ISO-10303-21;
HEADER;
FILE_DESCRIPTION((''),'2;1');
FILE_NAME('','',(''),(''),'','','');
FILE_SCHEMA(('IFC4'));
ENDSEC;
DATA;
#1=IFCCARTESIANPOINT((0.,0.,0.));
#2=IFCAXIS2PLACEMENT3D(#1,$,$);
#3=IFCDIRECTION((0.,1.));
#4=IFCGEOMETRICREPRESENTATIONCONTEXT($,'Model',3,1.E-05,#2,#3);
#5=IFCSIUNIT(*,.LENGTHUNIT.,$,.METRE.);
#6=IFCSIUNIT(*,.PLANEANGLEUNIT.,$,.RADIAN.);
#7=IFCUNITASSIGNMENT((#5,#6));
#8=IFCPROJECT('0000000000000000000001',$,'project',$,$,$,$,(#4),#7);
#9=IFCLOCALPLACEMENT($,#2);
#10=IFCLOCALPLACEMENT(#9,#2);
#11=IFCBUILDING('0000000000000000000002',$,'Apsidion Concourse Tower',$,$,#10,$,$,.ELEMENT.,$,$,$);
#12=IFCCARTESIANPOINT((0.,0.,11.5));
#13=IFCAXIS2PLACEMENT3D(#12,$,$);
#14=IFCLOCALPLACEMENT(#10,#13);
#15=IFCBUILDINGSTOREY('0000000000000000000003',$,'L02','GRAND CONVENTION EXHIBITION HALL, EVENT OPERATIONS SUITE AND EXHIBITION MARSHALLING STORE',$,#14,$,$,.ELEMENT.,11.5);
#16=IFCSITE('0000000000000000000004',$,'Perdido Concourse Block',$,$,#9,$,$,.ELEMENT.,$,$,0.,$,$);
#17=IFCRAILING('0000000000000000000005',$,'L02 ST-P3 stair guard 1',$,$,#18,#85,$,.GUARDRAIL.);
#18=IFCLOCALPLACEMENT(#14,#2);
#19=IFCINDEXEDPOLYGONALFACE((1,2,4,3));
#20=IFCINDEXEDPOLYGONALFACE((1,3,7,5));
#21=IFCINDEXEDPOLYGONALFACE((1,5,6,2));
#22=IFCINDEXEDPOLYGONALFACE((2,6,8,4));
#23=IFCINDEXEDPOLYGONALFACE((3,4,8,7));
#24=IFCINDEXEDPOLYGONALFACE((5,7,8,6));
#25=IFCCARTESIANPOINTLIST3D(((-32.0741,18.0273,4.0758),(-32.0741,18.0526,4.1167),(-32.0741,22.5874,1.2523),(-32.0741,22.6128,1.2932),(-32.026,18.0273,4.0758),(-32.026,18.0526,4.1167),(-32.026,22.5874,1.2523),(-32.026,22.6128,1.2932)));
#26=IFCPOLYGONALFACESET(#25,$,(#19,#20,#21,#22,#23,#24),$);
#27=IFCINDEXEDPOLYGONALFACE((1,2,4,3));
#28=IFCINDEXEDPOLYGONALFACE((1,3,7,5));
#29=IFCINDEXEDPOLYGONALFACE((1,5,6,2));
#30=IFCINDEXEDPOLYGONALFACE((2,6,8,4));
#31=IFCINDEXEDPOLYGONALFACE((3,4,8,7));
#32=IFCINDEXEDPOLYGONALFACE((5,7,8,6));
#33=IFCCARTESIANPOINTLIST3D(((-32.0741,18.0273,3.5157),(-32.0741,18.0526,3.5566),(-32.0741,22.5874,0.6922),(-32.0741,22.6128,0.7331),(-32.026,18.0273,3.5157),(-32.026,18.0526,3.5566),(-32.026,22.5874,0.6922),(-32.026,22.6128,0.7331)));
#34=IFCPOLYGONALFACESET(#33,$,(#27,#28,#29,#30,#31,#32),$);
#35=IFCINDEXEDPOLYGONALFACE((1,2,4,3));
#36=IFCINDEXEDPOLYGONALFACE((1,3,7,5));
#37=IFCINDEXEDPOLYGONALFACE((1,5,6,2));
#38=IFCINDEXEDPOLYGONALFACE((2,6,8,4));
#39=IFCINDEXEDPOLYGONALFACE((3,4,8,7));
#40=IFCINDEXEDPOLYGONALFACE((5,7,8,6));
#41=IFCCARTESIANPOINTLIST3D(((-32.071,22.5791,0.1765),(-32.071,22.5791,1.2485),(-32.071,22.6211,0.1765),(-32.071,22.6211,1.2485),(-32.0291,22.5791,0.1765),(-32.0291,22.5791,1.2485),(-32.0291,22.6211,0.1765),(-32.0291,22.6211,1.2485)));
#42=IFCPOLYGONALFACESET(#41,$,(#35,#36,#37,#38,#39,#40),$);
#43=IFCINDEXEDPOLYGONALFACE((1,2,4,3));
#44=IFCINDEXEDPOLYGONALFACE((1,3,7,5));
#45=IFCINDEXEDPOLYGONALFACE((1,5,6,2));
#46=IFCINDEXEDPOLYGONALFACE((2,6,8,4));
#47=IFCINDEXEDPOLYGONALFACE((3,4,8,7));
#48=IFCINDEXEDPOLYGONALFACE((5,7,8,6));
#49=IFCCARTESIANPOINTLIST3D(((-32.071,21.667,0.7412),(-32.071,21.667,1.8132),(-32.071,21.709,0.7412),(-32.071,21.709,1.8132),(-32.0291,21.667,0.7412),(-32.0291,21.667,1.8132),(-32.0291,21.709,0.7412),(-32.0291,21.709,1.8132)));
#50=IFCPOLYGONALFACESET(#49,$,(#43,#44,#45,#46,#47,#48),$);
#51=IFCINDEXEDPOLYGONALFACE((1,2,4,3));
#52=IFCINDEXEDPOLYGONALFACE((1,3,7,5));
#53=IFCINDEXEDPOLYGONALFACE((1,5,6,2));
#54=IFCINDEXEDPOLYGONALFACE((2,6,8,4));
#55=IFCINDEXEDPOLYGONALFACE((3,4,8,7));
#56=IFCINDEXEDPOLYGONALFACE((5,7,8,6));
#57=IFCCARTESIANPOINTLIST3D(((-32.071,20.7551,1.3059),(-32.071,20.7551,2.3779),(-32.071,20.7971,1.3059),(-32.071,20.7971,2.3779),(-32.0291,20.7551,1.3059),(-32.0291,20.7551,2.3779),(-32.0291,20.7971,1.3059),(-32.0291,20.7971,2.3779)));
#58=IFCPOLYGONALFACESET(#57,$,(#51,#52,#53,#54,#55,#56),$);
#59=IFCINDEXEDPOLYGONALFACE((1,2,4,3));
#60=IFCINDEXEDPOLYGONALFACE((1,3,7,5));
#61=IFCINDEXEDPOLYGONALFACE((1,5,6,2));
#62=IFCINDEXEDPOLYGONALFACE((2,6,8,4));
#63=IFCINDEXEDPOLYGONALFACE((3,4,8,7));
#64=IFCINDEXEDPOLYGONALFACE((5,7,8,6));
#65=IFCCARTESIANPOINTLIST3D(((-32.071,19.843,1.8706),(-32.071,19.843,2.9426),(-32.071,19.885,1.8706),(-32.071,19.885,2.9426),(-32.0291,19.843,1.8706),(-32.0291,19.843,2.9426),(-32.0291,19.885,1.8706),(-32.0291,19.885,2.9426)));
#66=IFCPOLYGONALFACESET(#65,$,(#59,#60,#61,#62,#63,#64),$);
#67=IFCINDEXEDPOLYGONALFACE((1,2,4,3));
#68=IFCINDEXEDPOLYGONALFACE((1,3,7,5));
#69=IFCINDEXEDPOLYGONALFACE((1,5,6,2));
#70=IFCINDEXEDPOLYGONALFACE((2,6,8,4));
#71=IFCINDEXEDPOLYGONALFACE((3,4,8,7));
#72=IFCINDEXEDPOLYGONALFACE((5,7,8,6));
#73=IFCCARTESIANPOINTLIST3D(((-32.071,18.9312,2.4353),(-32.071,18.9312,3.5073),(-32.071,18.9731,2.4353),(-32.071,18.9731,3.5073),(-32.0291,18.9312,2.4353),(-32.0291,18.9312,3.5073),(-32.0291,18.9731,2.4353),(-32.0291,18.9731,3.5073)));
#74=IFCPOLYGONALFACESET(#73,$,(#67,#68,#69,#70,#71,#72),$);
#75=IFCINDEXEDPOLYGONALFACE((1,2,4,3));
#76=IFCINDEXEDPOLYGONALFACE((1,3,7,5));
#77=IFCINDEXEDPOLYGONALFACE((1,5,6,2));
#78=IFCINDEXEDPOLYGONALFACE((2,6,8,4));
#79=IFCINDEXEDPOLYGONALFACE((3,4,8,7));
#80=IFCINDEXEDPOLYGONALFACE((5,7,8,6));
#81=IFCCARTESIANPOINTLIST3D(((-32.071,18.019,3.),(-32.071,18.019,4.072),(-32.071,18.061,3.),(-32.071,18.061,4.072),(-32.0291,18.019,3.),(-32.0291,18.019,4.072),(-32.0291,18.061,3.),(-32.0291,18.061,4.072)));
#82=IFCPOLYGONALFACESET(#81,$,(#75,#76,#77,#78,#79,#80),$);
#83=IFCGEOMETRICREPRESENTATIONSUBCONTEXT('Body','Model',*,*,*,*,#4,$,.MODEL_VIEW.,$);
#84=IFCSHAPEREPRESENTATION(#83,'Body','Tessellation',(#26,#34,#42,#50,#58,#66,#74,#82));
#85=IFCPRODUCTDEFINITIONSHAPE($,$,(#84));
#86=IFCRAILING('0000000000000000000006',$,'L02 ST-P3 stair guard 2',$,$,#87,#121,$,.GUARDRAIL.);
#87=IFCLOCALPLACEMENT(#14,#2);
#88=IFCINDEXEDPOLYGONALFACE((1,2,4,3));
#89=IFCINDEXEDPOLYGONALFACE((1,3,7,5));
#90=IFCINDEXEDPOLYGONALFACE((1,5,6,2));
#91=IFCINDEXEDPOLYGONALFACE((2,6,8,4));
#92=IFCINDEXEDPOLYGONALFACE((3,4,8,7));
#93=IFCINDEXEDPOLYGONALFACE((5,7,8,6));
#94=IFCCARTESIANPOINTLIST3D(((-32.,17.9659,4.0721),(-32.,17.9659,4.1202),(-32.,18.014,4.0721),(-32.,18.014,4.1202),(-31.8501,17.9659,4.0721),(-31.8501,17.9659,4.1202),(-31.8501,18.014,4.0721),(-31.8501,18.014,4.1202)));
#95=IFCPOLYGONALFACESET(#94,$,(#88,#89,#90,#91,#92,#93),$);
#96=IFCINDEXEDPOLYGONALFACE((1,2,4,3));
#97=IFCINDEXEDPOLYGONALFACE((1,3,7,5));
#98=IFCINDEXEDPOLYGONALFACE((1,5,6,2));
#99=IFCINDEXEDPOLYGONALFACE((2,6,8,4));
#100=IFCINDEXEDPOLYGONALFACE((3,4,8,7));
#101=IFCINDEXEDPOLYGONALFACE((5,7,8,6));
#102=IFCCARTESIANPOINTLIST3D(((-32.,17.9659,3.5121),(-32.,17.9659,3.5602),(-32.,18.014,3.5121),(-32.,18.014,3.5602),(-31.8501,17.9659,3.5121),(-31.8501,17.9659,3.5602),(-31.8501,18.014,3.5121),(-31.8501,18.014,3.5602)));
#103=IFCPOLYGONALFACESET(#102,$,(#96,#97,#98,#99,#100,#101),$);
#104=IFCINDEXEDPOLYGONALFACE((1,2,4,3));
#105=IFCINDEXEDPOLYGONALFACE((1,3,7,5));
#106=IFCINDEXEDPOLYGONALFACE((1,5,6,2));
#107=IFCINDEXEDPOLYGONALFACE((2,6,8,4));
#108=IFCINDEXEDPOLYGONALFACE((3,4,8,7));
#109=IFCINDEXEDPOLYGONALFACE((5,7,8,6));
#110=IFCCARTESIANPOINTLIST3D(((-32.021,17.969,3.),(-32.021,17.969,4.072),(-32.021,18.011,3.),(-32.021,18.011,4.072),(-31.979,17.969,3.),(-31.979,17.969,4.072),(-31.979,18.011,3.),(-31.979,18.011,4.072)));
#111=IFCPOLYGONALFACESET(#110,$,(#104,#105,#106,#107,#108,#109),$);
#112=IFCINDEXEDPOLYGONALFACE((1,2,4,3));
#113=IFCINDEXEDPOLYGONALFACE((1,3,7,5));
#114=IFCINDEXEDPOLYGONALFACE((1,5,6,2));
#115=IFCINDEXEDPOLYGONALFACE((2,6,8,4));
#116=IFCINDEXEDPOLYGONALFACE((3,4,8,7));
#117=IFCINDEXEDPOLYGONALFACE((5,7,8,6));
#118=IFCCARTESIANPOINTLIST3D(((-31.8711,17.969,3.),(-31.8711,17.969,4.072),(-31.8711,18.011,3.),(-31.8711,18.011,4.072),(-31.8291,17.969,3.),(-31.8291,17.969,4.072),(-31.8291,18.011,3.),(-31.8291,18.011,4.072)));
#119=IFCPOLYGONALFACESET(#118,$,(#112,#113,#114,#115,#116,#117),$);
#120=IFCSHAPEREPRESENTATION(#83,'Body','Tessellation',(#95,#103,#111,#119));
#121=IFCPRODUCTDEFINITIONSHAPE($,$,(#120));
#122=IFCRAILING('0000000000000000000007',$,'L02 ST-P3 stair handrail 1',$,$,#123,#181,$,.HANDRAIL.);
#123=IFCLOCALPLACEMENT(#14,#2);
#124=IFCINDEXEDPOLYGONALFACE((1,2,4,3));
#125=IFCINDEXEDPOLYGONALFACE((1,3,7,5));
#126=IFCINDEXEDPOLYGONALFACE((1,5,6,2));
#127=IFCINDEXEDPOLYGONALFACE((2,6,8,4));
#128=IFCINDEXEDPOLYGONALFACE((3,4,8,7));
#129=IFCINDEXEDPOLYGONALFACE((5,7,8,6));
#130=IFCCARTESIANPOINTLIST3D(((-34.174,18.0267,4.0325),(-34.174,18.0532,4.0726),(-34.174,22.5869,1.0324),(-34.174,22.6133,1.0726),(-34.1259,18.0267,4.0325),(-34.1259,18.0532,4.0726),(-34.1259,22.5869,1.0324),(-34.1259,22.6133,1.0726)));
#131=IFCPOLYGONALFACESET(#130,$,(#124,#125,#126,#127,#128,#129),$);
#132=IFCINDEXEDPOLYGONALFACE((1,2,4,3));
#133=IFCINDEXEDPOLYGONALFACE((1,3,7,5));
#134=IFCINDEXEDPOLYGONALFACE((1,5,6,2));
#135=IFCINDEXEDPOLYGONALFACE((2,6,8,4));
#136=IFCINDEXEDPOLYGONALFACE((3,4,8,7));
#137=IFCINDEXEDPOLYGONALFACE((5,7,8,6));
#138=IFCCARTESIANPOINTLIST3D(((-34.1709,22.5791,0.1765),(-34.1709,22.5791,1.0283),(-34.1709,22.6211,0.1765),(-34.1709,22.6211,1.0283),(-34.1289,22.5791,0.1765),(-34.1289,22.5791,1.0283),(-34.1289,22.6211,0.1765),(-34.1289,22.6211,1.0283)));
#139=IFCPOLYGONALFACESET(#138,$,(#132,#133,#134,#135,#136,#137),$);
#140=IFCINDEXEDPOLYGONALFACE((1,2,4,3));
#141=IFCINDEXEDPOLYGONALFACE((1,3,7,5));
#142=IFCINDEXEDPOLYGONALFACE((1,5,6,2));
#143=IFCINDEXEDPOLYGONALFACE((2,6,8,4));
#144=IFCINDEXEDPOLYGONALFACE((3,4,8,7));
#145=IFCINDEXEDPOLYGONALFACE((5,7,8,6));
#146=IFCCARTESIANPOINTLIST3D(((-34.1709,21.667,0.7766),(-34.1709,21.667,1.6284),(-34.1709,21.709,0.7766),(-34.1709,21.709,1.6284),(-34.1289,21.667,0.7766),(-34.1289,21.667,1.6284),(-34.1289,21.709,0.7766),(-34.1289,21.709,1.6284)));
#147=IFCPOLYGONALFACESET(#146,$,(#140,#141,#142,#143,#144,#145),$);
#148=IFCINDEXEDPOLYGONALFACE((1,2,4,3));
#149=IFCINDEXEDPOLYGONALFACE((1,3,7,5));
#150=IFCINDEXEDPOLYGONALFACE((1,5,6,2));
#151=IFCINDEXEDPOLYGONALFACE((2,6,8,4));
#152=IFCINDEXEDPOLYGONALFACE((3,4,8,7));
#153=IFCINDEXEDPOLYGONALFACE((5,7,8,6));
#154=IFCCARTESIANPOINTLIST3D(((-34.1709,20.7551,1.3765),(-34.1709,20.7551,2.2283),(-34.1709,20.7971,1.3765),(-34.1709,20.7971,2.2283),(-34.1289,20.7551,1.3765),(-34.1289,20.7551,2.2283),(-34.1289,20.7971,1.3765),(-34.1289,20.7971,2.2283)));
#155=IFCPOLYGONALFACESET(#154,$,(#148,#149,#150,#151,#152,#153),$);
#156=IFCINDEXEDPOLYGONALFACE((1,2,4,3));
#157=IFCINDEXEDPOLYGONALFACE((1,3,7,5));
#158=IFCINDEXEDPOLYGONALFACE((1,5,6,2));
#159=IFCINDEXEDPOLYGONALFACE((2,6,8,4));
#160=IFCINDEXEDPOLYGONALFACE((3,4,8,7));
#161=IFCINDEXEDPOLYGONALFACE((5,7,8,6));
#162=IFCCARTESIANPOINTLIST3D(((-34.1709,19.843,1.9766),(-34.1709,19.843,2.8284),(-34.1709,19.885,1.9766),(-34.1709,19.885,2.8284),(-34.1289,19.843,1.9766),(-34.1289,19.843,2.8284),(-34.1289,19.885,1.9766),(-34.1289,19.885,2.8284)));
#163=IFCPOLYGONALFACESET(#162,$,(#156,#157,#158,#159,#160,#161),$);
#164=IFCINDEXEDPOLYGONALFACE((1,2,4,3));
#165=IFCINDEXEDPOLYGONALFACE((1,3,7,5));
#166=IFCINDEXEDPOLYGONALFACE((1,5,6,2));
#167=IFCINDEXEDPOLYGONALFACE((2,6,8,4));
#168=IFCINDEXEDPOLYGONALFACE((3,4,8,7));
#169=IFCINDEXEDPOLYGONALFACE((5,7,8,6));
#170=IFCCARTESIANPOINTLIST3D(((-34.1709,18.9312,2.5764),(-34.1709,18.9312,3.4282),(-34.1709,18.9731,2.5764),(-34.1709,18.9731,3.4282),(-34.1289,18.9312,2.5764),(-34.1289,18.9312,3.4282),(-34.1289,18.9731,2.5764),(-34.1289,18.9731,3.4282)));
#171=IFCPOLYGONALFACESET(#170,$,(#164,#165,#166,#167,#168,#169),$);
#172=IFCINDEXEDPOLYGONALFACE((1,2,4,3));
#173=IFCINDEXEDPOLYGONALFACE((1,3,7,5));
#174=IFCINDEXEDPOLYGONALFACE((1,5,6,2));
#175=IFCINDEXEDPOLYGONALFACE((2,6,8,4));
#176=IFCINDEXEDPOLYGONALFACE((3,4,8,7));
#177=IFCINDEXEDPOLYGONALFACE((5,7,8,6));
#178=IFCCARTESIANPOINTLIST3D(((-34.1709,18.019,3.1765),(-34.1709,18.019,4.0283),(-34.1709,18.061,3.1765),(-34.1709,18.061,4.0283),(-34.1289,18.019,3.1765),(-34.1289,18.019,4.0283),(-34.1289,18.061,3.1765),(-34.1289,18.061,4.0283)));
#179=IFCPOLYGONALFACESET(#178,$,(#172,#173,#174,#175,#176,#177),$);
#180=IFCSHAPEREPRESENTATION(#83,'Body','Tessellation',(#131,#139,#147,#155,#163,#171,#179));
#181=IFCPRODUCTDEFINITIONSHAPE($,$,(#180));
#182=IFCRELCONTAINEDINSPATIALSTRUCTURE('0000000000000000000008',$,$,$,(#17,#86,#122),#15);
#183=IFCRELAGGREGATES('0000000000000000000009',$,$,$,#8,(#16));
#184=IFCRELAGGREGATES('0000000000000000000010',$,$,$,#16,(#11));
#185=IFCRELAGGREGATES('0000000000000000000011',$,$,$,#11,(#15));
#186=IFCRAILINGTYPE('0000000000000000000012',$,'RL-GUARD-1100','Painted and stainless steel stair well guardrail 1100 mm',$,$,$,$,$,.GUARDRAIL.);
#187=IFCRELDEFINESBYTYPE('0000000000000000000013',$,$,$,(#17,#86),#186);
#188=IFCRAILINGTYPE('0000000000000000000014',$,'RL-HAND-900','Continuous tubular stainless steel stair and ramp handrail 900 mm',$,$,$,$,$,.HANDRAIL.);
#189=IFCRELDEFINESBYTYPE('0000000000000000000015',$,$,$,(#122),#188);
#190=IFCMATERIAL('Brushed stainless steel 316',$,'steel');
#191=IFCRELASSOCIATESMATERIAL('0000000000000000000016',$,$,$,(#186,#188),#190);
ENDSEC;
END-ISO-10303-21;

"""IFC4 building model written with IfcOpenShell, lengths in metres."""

from ifc_helpers import new_model, si_unit, direction, frame, origin, origin_2d, place, context, subcontext, project, spatial, rectangle, extrude, material, type_object, element, save


model = new_model("IFC4")

# Units and contexts
model_context = context("Model", 3, precision=1e-05, world=origin(), true_north=direction((0.0, 1.0)))
body_context = subcontext(model_context, "Body", "Model", "MODEL_VIEW")
ifc_project = project(units=[si_unit("LENGTHUNIT", "METRE"), si_unit("PLANEANGLEUNIT", "RADIAN")], contexts=[model_context])

# Site, building, storey
site_placement = place(None, origin())
site = spatial("IfcSite", under=ifc_project, at=site_placement, Name="Perdido Concourse Block", CompositionType="ELEMENT", RefElevation=0.0)
building_placement = place(site_placement, origin())
building = spatial("IfcBuilding", under=site, at=building_placement, Name="Apsidion Concourse Tower", CompositionType="ELEMENT")
storey_placement = place(building_placement, frame((0.0, 0.0, 11.5)))
storey = spatial("IfcBuildingStorey", under=building, at=storey_placement, Name="L02", Description="GRAND CONVENTION EXHIBITION HALL, EVENT OPERATIONS SUITE AND EXHIBITION MARSHALLING STORE", CompositionType="ELEMENT", Elevation=11.5)

# Railings
ifc_material_1 = material(Name="Brushed stainless steel 316", Category="steel")
railing_type_1 = type_object("IfcRailingType", Name="RL-GUARD-1100", Description="Painted and stainless steel stair well guardrail 1100 mm", PredefinedType="GUARDRAIL", material=ifc_material_1)
railing_1_placement = place(storey_placement, frame((-32.05, 22.6001, 0.1765)))
element("IfcRailing", 1, at=railing_1_placement, inside=storey, type_object=railing_type_1, Name="L02 ST-P3 stair guard 1", PredefinedType="GUARDRAIL", context=body_context, shape_type="SweptSolid", body=[
    extrude(rectangle(XDim=0.0481, YDim=0.0481, at=origin_2d()), frame((0.0, 0.0, 1.0962), z_axis=(0.0, -0.850216, 0.526435), x_axis=(1.0, 0.0, 0.0)), (0.0, 0.0, 1.0), 5.3635),
    extrude(rectangle(XDim=0.0481, YDim=0.0481, at=origin_2d()), frame((0.0, 0.0, 0.5361), z_axis=(0.0, -0.850216, 0.526435), x_axis=(1.0, 0.0, 0.0)), (0.0, 0.0, 1.0), 5.3635),
    extrude(rectangle(XDim=0.042, YDim=0.042, at=origin_2d()), origin(), (0.0, 0.0, 1.0), 1.072),
    extrude(rectangle(XDim=0.042, YDim=0.042, at=origin_2d()), frame((0.0, -0.9121, 0.5647)), (0.0, 0.0, 1.0), 1.072),
    extrude(rectangle(XDim=0.042, YDim=0.042, at=origin_2d()), frame((0.0, -1.824, 1.1294)), (0.0, 0.0, 1.0), 1.072),
    extrude(rectangle(XDim=0.042, YDim=0.042, at=origin_2d()), frame((0.0, -2.7361, 1.6941)), (0.0, 0.0, 1.0), 1.072),
    extrude(rectangle(XDim=0.042, YDim=0.042, at=origin_2d()), frame((0.0, -3.6479, 2.2588)), (0.0, 0.0, 1.0), 1.072),
    extrude(rectangle(XDim=0.042, YDim=0.042, at=origin_2d()), frame((0.0, -4.5601, 2.8235)), (0.0, 0.0, 1.0), 1.072),
])
railing_2_placement = place(storey_placement, frame((-32.0, 17.99, 3.0)))
element("IfcRailing", 2, at=railing_2_placement, inside=storey, type_object=railing_type_1, Name="L02 ST-P3 stair guard 2", PredefinedType="GUARDRAIL", context=body_context, shape_type="SweptSolid", body=[
    extrude(rectangle(XDim=0.0481, YDim=0.0481, at=origin_2d()), frame((0.0, 0.0, 1.0962), z_axis=(1.0, 0.0, 0.0), x_axis=(0.0, 1.0, 0.0)), (0.0, 0.0, 1.0), 0.1499),
    extrude(rectangle(XDim=0.0481, YDim=0.0481, at=origin_2d()), frame((0.0, 0.0, 0.5361), z_axis=(1.0, 0.0, 0.0), x_axis=(0.0, 1.0, 0.0)), (0.0, 0.0, 1.0), 0.1499),
    extrude(rectangle(XDim=0.042, YDim=0.042, at=origin_2d()), origin(), (0.0, 0.0, 1.0), 1.072),
    extrude(rectangle(XDim=0.042, YDim=0.042, at=origin_2d()), frame((0.1499, 0.0, 0.0)), (0.0, 0.0, 1.0), 1.072),
])
railing_type_2 = type_object("IfcRailingType", Name="RL-HAND-900", Description="Continuous tubular stainless steel stair and ramp handrail 900 mm", PredefinedType="HANDRAIL", material=ifc_material_1)
railing_3_placement = place(storey_placement, frame((-34.1499, 22.6001, 0.1765)))
element("IfcRailing", 3, at=railing_3_placement, inside=storey, type_object=railing_type_2, Name="L02 ST-P3 stair handrail 1", PredefinedType="HANDRAIL", context=body_context, shape_type="SweptSolid", body=[
    extrude(rectangle(XDim=0.0481, YDim=0.0481, at=origin_2d()), frame((0.0, 0.0, 0.876), z_axis=(0.0, -0.83542, 0.549612), x_axis=(1.0, 0.0, 0.0)), (0.0, 0.0, 1.0), 5.4585),
    extrude(rectangle(XDim=0.042, YDim=0.042, at=origin_2d()), origin(), (0.0, 0.0, 1.0), 0.8518),
    extrude(rectangle(XDim=0.042, YDim=0.042, at=origin_2d()), frame((0.0, -0.9121, 0.6001)), (0.0, 0.0, 1.0), 0.8518),
    extrude(rectangle(XDim=0.042, YDim=0.042, at=origin_2d()), frame((0.0, -1.824, 1.2)), (0.0, 0.0, 1.0), 0.8518),
    extrude(rectangle(XDim=0.042, YDim=0.042, at=origin_2d()), frame((0.0, -2.7361, 1.8)), (0.0, 0.0, 1.0), 0.8518),
    extrude(rectangle(XDim=0.042, YDim=0.042, at=origin_2d()), frame((0.0, -3.6479, 2.3999)), (0.0, 0.0, 1.0), 0.8518),
    extrude(rectangle(XDim=0.042, YDim=0.042, at=origin_2d()), frame((0.0, -4.5601, 3.0)), (0.0, 0.0, 1.0), 0.8518),
])

save(model, "model.ifc")
